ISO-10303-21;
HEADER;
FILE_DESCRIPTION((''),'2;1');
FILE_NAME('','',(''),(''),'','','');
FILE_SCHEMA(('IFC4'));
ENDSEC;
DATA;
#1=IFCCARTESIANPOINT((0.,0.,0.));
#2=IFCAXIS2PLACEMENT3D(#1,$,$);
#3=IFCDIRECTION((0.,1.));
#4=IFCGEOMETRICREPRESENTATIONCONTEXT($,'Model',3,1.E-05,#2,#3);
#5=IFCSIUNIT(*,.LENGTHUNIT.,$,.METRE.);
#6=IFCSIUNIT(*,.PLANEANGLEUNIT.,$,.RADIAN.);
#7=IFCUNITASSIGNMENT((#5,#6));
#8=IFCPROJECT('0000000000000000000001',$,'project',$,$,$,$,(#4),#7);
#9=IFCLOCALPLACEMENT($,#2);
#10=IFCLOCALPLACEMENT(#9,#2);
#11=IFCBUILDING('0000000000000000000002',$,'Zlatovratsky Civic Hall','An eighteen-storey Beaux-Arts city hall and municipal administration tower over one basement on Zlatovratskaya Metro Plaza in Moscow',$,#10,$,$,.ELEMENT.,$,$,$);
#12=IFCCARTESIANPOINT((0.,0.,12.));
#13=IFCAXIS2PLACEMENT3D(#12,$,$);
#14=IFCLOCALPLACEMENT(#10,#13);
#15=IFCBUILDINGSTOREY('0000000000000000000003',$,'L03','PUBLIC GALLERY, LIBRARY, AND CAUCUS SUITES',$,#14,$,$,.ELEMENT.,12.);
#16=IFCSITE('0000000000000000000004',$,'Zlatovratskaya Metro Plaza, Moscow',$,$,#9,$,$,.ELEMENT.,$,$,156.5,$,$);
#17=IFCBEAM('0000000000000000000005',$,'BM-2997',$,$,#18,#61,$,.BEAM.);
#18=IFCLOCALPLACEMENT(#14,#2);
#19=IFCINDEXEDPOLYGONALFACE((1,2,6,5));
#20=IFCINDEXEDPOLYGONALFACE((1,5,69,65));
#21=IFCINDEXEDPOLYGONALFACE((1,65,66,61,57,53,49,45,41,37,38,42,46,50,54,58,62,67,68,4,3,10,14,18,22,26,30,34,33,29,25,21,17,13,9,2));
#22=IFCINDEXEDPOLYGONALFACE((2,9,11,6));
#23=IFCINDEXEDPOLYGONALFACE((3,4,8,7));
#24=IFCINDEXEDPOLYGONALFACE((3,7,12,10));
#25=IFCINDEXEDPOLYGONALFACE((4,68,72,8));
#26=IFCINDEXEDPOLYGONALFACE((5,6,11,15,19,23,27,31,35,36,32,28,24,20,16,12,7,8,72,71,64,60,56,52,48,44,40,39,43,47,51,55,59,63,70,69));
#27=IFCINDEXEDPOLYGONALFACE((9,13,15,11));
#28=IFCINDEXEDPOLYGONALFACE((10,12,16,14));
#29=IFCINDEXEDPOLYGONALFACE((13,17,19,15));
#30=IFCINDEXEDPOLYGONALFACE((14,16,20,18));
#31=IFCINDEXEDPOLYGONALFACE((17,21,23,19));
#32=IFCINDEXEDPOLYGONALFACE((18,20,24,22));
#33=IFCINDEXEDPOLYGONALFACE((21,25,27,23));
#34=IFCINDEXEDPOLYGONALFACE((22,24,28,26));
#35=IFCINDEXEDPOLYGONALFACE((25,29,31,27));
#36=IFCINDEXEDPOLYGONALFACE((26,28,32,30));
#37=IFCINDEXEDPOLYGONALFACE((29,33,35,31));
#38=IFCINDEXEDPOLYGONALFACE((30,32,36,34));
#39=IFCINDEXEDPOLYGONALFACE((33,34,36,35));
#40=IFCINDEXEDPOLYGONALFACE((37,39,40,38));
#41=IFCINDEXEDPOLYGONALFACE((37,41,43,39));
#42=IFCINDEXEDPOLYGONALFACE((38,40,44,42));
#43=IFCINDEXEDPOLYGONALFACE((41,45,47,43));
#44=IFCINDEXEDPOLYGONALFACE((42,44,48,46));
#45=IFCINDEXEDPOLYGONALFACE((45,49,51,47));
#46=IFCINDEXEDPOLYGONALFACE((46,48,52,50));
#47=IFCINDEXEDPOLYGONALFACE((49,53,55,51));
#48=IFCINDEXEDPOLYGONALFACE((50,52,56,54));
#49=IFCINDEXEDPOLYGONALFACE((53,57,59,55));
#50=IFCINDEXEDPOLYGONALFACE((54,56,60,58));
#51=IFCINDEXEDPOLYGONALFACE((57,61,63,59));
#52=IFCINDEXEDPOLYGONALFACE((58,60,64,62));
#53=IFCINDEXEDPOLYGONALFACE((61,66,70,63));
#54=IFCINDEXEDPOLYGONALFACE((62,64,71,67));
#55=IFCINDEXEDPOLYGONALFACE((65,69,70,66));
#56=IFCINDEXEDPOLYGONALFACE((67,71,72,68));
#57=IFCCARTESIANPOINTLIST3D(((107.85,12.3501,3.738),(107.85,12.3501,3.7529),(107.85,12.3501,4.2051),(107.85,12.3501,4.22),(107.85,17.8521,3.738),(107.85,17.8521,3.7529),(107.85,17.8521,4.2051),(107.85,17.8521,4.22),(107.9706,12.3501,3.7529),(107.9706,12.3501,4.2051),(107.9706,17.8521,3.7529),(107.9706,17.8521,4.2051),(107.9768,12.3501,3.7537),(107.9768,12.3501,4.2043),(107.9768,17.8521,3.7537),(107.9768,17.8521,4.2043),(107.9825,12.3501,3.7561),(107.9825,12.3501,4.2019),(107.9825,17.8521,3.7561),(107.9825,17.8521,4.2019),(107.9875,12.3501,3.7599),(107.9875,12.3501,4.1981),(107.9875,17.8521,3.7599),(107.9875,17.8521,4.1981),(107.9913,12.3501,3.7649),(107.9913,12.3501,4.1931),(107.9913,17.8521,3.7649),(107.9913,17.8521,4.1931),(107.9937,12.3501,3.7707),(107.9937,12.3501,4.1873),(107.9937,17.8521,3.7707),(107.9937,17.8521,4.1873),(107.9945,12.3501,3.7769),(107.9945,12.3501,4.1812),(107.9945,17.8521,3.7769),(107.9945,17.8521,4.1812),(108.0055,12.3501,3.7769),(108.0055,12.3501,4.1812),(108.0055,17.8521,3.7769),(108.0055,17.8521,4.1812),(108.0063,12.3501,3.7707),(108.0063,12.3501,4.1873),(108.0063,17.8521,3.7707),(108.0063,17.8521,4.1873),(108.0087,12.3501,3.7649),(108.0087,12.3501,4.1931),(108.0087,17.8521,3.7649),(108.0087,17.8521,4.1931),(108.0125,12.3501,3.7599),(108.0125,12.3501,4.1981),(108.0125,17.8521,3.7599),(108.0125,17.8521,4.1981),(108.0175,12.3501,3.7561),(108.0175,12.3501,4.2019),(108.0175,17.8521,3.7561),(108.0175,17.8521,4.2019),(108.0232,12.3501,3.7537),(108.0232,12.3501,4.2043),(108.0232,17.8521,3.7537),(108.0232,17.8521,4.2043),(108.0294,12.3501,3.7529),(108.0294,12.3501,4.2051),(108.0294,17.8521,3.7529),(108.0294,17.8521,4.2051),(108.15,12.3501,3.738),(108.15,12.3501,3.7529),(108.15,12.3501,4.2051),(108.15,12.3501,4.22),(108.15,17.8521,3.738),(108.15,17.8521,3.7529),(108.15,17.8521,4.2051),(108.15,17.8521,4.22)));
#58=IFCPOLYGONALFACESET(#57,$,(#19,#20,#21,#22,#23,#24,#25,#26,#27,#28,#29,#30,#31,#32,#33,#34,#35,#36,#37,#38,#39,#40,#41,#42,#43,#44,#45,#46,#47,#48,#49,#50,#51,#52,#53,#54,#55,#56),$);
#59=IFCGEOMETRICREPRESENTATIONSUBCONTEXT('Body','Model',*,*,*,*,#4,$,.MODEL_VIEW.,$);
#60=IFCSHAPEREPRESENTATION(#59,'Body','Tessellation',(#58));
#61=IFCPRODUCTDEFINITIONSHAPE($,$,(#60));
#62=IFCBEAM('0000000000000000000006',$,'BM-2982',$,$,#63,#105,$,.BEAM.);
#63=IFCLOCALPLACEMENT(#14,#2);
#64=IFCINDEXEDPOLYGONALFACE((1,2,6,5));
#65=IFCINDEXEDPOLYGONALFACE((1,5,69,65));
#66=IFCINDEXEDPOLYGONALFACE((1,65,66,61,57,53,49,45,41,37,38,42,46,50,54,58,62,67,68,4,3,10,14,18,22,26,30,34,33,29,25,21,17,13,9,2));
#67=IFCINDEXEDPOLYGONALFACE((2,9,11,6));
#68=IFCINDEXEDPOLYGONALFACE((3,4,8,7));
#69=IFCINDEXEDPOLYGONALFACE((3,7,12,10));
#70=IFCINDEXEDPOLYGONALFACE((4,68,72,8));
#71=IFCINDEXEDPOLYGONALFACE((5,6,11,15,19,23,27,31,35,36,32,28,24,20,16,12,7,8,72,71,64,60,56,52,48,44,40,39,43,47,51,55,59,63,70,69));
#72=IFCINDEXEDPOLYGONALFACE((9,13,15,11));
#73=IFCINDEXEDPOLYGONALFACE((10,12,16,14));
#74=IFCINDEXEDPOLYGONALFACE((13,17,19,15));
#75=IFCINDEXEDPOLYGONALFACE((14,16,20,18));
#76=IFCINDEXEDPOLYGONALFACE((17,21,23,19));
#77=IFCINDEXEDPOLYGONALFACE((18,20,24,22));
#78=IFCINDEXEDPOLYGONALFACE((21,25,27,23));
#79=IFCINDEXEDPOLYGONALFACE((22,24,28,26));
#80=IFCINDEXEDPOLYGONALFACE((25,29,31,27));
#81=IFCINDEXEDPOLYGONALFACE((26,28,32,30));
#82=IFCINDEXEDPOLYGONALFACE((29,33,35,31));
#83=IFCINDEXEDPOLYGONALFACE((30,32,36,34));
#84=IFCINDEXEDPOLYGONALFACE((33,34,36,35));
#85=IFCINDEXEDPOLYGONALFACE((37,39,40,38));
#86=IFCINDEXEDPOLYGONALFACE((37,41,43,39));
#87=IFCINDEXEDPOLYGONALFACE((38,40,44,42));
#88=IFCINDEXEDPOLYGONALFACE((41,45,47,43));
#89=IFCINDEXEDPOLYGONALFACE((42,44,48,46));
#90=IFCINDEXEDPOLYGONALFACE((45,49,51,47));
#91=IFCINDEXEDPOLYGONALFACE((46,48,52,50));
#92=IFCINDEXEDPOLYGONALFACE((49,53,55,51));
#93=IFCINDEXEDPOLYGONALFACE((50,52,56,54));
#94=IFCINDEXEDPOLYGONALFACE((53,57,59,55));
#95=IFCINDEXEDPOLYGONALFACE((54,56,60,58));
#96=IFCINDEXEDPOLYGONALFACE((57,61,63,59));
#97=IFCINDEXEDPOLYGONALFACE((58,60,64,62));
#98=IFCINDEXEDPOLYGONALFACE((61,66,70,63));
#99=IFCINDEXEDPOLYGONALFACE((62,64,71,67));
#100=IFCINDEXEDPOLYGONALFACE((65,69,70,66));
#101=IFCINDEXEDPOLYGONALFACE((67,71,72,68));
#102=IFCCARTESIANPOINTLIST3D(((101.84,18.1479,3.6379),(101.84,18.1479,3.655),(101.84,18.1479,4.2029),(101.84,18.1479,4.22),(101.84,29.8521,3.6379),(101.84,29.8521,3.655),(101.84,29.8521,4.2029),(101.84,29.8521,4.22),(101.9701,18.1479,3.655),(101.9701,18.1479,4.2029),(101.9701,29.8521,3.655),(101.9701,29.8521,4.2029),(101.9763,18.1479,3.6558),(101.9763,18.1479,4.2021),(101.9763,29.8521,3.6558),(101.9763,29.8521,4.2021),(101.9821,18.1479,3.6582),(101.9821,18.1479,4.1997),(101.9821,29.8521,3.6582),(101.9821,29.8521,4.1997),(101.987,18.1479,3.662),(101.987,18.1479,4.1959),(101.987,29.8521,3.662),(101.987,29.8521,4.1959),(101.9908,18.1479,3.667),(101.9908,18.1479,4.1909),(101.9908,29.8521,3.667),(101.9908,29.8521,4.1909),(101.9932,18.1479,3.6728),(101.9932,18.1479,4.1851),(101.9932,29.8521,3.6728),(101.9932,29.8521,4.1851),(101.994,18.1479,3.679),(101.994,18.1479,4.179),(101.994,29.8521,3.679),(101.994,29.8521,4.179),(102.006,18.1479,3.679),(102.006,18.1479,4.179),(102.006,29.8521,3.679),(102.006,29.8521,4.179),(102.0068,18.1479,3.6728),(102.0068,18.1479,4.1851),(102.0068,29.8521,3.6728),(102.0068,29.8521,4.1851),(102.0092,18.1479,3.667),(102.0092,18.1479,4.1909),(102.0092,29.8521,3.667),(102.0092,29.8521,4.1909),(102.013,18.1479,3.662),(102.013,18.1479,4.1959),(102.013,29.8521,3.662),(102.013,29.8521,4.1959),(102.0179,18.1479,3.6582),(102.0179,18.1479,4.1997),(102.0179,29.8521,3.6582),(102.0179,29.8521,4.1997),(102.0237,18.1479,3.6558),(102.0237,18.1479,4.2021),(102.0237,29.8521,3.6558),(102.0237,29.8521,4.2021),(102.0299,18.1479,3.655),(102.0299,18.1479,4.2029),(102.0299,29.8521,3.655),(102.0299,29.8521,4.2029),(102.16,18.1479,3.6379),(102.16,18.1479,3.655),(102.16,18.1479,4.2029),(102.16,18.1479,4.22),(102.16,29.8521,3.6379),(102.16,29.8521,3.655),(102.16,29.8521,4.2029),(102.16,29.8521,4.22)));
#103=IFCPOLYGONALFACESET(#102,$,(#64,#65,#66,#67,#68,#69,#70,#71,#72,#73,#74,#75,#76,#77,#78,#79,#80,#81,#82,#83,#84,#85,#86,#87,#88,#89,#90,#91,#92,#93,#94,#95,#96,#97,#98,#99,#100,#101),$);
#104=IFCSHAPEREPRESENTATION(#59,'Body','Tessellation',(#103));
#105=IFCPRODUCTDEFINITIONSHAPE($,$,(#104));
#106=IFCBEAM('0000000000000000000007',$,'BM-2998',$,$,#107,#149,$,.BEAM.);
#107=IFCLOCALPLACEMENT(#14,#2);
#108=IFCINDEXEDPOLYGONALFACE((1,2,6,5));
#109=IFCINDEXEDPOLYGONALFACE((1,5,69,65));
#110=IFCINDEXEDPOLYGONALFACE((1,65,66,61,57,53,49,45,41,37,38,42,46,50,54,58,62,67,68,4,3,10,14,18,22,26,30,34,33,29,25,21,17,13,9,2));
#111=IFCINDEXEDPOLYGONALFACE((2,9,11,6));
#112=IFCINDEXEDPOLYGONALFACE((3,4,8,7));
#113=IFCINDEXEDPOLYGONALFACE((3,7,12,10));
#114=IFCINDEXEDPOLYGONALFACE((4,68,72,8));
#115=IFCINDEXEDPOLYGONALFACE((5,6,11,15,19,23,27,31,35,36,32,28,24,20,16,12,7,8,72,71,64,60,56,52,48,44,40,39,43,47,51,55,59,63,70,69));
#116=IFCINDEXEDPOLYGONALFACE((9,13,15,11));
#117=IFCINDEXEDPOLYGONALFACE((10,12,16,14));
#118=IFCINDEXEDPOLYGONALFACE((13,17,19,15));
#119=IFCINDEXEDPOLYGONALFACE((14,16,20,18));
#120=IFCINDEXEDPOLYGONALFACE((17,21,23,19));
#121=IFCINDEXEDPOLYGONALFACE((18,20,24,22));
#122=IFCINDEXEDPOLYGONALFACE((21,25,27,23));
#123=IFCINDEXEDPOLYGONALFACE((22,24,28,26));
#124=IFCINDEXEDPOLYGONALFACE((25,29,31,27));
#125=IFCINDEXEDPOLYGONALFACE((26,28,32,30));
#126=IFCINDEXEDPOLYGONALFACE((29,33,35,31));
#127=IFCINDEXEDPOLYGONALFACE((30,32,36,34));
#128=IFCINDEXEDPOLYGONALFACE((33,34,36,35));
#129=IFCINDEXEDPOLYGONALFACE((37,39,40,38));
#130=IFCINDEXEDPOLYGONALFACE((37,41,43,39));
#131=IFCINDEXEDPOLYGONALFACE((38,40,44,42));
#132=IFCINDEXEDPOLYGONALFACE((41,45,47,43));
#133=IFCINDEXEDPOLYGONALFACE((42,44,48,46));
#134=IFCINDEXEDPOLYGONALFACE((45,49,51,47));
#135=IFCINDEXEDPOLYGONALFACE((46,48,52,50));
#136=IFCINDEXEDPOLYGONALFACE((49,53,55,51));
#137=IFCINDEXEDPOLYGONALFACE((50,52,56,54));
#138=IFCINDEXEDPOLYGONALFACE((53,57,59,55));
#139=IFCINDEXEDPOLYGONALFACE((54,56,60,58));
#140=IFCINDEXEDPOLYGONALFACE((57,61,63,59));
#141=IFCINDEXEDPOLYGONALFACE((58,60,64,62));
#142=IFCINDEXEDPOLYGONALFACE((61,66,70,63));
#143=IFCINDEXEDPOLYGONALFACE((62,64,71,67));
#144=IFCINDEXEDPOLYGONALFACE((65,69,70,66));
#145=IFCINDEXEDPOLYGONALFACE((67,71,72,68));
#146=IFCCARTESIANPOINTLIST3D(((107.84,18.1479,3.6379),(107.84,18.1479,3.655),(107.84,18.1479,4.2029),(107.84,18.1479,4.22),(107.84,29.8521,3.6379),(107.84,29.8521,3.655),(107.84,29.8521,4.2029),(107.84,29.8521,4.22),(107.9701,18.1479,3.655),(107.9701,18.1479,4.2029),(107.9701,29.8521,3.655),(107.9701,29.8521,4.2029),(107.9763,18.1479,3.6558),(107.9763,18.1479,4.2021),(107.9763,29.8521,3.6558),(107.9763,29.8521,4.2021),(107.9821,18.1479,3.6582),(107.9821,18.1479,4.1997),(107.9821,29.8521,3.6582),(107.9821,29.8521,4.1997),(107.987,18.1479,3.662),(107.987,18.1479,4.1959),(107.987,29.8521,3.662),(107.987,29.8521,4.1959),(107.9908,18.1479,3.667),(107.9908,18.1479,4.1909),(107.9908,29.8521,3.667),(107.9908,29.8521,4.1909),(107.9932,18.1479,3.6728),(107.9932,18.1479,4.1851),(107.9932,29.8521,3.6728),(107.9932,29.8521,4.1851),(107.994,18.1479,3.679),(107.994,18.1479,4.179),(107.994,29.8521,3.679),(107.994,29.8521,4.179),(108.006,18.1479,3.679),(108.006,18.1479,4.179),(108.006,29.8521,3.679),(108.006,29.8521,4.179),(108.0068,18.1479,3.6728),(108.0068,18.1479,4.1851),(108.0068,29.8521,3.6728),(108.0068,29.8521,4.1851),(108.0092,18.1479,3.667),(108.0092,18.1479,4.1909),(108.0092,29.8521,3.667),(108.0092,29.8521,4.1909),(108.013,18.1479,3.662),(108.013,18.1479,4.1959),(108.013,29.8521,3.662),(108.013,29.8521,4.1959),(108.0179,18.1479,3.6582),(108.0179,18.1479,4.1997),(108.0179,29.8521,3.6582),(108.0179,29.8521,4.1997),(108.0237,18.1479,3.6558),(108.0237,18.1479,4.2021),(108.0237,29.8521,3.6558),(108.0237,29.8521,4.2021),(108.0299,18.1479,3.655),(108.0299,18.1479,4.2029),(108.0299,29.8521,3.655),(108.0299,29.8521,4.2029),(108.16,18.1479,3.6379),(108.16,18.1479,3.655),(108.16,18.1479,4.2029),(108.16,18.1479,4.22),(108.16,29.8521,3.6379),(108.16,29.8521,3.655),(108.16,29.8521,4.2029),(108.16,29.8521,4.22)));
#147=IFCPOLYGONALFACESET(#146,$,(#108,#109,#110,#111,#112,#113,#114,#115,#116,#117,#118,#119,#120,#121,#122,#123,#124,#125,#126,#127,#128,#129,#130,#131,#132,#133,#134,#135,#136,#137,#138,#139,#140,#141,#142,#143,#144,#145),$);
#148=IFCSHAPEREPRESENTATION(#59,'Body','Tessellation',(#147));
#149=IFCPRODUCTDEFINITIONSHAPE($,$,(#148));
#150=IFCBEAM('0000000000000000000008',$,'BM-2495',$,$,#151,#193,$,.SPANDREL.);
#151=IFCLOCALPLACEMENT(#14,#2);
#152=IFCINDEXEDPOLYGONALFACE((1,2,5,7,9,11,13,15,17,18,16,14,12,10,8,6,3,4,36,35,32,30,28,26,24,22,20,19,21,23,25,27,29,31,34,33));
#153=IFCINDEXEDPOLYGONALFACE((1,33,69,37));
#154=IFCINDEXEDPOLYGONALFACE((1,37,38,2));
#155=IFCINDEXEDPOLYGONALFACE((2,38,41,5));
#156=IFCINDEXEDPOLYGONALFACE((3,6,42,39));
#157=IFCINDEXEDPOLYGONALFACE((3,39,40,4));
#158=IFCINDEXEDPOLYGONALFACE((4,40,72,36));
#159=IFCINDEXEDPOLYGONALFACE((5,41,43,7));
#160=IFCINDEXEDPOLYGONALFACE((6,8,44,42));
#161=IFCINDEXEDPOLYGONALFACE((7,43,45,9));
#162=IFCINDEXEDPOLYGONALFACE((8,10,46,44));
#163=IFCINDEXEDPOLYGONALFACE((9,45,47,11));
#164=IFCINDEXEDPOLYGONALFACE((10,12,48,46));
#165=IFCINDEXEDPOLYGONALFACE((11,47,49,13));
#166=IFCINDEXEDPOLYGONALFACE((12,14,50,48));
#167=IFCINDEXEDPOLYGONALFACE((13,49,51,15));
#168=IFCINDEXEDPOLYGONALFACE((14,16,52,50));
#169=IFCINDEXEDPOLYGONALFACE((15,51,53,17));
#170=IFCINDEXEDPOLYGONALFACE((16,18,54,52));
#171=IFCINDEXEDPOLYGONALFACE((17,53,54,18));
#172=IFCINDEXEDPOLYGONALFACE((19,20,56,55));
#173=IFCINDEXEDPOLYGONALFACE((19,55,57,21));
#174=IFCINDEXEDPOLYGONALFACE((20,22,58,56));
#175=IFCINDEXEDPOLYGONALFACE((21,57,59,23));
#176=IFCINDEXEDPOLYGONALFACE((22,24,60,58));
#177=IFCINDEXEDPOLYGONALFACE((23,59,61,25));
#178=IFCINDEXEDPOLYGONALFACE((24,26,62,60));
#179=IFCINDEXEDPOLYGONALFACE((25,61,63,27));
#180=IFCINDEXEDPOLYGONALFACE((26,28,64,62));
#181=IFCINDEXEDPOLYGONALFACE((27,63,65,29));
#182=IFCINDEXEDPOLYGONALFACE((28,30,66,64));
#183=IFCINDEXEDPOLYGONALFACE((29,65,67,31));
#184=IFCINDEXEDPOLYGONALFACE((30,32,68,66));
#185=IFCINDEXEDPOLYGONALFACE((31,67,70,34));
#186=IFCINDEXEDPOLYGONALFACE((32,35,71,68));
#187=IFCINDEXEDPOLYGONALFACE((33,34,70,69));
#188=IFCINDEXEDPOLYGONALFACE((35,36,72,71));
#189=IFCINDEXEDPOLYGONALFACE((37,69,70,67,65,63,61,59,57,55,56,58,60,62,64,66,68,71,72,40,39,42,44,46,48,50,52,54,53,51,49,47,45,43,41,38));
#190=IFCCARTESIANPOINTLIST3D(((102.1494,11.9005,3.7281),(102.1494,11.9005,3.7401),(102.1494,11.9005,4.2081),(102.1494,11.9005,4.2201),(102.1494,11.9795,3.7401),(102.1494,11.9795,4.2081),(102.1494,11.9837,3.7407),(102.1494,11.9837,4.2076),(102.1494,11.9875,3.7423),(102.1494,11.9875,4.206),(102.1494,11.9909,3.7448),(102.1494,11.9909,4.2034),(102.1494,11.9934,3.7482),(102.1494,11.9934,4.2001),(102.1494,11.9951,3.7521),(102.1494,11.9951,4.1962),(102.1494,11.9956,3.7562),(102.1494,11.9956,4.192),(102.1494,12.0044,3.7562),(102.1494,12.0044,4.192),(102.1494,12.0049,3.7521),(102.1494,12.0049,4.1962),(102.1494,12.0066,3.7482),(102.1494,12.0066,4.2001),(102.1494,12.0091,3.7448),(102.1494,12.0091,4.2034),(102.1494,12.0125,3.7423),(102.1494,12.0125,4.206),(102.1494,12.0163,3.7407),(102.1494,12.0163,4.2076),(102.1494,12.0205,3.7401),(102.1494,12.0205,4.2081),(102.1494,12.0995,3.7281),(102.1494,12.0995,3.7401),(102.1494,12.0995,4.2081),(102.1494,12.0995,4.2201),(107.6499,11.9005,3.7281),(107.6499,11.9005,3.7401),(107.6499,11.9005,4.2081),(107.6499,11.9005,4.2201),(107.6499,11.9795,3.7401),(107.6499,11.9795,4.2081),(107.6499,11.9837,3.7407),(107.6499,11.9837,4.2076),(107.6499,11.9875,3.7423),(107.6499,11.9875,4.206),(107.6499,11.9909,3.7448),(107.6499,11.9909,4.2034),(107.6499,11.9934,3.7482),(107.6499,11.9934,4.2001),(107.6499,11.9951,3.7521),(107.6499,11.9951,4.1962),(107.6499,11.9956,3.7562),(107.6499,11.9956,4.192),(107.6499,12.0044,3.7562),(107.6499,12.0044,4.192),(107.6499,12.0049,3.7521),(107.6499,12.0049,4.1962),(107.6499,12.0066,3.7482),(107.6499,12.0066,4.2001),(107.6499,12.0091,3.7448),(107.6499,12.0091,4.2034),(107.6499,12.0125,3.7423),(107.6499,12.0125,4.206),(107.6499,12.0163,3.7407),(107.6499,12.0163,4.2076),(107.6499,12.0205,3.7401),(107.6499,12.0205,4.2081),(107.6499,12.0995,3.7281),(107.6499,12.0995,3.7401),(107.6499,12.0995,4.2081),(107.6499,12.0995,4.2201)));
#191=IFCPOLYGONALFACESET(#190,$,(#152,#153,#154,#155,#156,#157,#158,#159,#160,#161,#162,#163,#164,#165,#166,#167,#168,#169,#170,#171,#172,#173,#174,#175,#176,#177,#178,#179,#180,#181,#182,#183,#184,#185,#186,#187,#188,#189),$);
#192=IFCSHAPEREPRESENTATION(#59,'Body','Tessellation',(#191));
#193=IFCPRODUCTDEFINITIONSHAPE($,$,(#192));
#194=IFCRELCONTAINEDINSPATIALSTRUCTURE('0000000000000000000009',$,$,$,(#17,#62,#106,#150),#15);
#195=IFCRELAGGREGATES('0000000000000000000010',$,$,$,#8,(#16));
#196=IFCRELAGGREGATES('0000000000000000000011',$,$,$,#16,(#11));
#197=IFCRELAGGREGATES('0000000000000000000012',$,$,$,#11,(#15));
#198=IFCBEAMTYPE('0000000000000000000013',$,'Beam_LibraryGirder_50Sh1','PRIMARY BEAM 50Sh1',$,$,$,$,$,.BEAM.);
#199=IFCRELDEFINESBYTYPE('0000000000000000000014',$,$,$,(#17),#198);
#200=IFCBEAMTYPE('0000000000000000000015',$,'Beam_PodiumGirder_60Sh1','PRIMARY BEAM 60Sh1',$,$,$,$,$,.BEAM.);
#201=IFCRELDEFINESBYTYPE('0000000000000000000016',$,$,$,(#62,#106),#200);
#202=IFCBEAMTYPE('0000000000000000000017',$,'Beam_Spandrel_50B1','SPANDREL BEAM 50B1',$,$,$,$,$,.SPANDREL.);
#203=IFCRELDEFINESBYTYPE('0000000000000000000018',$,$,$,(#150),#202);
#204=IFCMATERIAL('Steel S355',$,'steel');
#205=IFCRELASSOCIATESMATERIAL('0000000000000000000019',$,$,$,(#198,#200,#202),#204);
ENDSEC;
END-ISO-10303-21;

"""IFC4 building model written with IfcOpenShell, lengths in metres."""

from ifc_helpers import new_model, si_unit, direction, frame, origin, origin_2d, place, context, subcontext, project, spatial, i_section, extrude, material, material_profile, profile_set, type_object, element, save


model = new_model("IFC4")

# Units and contexts
model_context = context("Model", 3, precision=1e-05, world=origin(), true_north=direction((0.0, 1.0)))
body_context = subcontext(model_context, "Body", "Model", "MODEL_VIEW")
ifc_project = project(units=[si_unit("LENGTHUNIT", "METRE"), si_unit("PLANEANGLEUNIT", "RADIAN")], contexts=[model_context])

# Site, building, storey
site_placement = place(None, origin())
site = spatial("IfcSite", under=ifc_project, at=site_placement, Name="Zlatovratskaya Metro Plaza, Moscow", CompositionType="ELEMENT", RefElevation=156.5)
building_placement = place(site_placement, origin())
building = spatial("IfcBuilding", under=site, at=building_placement, Name="Zlatovratsky Civic Hall", Description="An eighteen-storey Beaux-Arts city hall and municipal administration tower over one basement on Zlatovratskaya Metro Plaza in Moscow", CompositionType="ELEMENT")
storey_placement = place(building_placement, frame((0.0, 0.0, 12.0)))
storey = spatial("IfcBuildingStorey", under=building, at=storey_placement, Name="L03", Description="PUBLIC GALLERY, LIBRARY, AND CAUCUS SUITES", CompositionType="ELEMENT", Elevation=12.0)

# Shared definitions
ifc_material_1 = material(Name="Steel S355", Category="steel")

# Beams
ifc_material_profile_1 = material_profile(ifc_material_1, i_section(OverallWidth=0.3, OverallDepth=0.4819, WebThickness=0.011, FlangeThickness=0.0149, FilletRadius=0.0239, at=origin_2d()), Name="50Sh1")
ifc_profile_set_1 = profile_set([ifc_material_profile_1], Name="Steel S355")
beam_type_1 = type_object("IfcBeamType", Name="Beam_LibraryGirder_50Sh1", Description="PRIMARY BEAM 50Sh1", PredefinedType="BEAM", material=ifc_profile_set_1)
beam_1_placement = place(storey_placement, frame((108.0, 12.3501, 3.979), z_axis=(0.0, 1.0, 0.0), x_axis=(-1.0, 0.0, 0.0)))
element("IfcBeam", 1, at=beam_1_placement, inside=storey, type_object=beam_type_1, Name="BM-2997", PredefinedType="BEAM", context=body_context, shape_type="SweptSolid", body=[
    extrude(i_section(OverallWidth=0.3, OverallDepth=0.4819, WebThickness=0.011, FlangeThickness=0.0149, FilletRadius=0.0239, at=origin_2d()), origin(), (0.0, 0.0, 1.0), 5.502),
])
ifc_material_profile_2 = material_profile(ifc_material_1, i_section(OverallWidth=0.3201, OverallDepth=0.582, WebThickness=0.012, FlangeThickness=0.0171, FilletRadius=0.0239, at=origin_2d()), Name="60Sh1")
ifc_profile_set_2 = profile_set([ifc_material_profile_2], Name="Steel S355")
beam_type_2 = type_object("IfcBeamType", Name="Beam_PodiumGirder_60Sh1", Description="PRIMARY BEAM 60Sh1", PredefinedType="BEAM", material=ifc_profile_set_2)
for number, where, z_axis, x_axis, name in (
    (2, (102.0, 18.1479, 3.929), (0.0, 1.0, 0.0), (-1.0, 0.0, 0.0), "BM-2982"),
    (3, (108.0, 18.1479, 3.929), (0.0, 1.0, 0.0), (-1.0, 0.0, 0.0), "BM-2998"),
):
    element("IfcBeam", number, at=place(storey_placement, frame(where, z_axis=z_axis, x_axis=x_axis)), inside=storey, type_object=beam_type_2, Name=name, PredefinedType="BEAM", context=body_context, shape_type="SweptSolid", body=[
        extrude(i_section(OverallWidth=0.3201, OverallDepth=0.582, WebThickness=0.012, FlangeThickness=0.0171, FilletRadius=0.0239, at=origin_2d()), origin(), (0.0, 0.0, 1.0), 11.7041),
    ])
ifc_material_profile_3 = material_profile(ifc_material_1, i_section(OverallWidth=0.199, OverallDepth=0.4919, WebThickness=0.0088, FlangeThickness=0.012, FilletRadius=0.0161, at=origin_2d()), Name="50B1")
ifc_profile_set_3 = profile_set([ifc_material_profile_3], Name="Steel S355")
beam_type_3 = type_object("IfcBeamType", Name="Beam_Spandrel_50B1", Description="SPANDREL BEAM 50B1", PredefinedType="SPANDREL", material=ifc_profile_set_3)
beam_2_placement = place(storey_placement, frame((102.1494, 12.0, 3.9741), z_axis=(1.0, 0.0, 0.0), x_axis=(0.0, 1.0, 0.0)))
element("IfcBeam", 4, at=beam_2_placement, inside=storey, type_object=beam_type_3, Name="BM-2495", PredefinedType="SPANDREL", context=body_context, shape_type="SweptSolid", body=[
    extrude(i_section(OverallWidth=0.199, OverallDepth=0.4919, WebThickness=0.0088, FlangeThickness=0.012, FilletRadius=0.0161, at=origin_2d()), origin(), (0.0, 0.0, 1.0), 5.5005),
])

save(model, "model.ifc")
